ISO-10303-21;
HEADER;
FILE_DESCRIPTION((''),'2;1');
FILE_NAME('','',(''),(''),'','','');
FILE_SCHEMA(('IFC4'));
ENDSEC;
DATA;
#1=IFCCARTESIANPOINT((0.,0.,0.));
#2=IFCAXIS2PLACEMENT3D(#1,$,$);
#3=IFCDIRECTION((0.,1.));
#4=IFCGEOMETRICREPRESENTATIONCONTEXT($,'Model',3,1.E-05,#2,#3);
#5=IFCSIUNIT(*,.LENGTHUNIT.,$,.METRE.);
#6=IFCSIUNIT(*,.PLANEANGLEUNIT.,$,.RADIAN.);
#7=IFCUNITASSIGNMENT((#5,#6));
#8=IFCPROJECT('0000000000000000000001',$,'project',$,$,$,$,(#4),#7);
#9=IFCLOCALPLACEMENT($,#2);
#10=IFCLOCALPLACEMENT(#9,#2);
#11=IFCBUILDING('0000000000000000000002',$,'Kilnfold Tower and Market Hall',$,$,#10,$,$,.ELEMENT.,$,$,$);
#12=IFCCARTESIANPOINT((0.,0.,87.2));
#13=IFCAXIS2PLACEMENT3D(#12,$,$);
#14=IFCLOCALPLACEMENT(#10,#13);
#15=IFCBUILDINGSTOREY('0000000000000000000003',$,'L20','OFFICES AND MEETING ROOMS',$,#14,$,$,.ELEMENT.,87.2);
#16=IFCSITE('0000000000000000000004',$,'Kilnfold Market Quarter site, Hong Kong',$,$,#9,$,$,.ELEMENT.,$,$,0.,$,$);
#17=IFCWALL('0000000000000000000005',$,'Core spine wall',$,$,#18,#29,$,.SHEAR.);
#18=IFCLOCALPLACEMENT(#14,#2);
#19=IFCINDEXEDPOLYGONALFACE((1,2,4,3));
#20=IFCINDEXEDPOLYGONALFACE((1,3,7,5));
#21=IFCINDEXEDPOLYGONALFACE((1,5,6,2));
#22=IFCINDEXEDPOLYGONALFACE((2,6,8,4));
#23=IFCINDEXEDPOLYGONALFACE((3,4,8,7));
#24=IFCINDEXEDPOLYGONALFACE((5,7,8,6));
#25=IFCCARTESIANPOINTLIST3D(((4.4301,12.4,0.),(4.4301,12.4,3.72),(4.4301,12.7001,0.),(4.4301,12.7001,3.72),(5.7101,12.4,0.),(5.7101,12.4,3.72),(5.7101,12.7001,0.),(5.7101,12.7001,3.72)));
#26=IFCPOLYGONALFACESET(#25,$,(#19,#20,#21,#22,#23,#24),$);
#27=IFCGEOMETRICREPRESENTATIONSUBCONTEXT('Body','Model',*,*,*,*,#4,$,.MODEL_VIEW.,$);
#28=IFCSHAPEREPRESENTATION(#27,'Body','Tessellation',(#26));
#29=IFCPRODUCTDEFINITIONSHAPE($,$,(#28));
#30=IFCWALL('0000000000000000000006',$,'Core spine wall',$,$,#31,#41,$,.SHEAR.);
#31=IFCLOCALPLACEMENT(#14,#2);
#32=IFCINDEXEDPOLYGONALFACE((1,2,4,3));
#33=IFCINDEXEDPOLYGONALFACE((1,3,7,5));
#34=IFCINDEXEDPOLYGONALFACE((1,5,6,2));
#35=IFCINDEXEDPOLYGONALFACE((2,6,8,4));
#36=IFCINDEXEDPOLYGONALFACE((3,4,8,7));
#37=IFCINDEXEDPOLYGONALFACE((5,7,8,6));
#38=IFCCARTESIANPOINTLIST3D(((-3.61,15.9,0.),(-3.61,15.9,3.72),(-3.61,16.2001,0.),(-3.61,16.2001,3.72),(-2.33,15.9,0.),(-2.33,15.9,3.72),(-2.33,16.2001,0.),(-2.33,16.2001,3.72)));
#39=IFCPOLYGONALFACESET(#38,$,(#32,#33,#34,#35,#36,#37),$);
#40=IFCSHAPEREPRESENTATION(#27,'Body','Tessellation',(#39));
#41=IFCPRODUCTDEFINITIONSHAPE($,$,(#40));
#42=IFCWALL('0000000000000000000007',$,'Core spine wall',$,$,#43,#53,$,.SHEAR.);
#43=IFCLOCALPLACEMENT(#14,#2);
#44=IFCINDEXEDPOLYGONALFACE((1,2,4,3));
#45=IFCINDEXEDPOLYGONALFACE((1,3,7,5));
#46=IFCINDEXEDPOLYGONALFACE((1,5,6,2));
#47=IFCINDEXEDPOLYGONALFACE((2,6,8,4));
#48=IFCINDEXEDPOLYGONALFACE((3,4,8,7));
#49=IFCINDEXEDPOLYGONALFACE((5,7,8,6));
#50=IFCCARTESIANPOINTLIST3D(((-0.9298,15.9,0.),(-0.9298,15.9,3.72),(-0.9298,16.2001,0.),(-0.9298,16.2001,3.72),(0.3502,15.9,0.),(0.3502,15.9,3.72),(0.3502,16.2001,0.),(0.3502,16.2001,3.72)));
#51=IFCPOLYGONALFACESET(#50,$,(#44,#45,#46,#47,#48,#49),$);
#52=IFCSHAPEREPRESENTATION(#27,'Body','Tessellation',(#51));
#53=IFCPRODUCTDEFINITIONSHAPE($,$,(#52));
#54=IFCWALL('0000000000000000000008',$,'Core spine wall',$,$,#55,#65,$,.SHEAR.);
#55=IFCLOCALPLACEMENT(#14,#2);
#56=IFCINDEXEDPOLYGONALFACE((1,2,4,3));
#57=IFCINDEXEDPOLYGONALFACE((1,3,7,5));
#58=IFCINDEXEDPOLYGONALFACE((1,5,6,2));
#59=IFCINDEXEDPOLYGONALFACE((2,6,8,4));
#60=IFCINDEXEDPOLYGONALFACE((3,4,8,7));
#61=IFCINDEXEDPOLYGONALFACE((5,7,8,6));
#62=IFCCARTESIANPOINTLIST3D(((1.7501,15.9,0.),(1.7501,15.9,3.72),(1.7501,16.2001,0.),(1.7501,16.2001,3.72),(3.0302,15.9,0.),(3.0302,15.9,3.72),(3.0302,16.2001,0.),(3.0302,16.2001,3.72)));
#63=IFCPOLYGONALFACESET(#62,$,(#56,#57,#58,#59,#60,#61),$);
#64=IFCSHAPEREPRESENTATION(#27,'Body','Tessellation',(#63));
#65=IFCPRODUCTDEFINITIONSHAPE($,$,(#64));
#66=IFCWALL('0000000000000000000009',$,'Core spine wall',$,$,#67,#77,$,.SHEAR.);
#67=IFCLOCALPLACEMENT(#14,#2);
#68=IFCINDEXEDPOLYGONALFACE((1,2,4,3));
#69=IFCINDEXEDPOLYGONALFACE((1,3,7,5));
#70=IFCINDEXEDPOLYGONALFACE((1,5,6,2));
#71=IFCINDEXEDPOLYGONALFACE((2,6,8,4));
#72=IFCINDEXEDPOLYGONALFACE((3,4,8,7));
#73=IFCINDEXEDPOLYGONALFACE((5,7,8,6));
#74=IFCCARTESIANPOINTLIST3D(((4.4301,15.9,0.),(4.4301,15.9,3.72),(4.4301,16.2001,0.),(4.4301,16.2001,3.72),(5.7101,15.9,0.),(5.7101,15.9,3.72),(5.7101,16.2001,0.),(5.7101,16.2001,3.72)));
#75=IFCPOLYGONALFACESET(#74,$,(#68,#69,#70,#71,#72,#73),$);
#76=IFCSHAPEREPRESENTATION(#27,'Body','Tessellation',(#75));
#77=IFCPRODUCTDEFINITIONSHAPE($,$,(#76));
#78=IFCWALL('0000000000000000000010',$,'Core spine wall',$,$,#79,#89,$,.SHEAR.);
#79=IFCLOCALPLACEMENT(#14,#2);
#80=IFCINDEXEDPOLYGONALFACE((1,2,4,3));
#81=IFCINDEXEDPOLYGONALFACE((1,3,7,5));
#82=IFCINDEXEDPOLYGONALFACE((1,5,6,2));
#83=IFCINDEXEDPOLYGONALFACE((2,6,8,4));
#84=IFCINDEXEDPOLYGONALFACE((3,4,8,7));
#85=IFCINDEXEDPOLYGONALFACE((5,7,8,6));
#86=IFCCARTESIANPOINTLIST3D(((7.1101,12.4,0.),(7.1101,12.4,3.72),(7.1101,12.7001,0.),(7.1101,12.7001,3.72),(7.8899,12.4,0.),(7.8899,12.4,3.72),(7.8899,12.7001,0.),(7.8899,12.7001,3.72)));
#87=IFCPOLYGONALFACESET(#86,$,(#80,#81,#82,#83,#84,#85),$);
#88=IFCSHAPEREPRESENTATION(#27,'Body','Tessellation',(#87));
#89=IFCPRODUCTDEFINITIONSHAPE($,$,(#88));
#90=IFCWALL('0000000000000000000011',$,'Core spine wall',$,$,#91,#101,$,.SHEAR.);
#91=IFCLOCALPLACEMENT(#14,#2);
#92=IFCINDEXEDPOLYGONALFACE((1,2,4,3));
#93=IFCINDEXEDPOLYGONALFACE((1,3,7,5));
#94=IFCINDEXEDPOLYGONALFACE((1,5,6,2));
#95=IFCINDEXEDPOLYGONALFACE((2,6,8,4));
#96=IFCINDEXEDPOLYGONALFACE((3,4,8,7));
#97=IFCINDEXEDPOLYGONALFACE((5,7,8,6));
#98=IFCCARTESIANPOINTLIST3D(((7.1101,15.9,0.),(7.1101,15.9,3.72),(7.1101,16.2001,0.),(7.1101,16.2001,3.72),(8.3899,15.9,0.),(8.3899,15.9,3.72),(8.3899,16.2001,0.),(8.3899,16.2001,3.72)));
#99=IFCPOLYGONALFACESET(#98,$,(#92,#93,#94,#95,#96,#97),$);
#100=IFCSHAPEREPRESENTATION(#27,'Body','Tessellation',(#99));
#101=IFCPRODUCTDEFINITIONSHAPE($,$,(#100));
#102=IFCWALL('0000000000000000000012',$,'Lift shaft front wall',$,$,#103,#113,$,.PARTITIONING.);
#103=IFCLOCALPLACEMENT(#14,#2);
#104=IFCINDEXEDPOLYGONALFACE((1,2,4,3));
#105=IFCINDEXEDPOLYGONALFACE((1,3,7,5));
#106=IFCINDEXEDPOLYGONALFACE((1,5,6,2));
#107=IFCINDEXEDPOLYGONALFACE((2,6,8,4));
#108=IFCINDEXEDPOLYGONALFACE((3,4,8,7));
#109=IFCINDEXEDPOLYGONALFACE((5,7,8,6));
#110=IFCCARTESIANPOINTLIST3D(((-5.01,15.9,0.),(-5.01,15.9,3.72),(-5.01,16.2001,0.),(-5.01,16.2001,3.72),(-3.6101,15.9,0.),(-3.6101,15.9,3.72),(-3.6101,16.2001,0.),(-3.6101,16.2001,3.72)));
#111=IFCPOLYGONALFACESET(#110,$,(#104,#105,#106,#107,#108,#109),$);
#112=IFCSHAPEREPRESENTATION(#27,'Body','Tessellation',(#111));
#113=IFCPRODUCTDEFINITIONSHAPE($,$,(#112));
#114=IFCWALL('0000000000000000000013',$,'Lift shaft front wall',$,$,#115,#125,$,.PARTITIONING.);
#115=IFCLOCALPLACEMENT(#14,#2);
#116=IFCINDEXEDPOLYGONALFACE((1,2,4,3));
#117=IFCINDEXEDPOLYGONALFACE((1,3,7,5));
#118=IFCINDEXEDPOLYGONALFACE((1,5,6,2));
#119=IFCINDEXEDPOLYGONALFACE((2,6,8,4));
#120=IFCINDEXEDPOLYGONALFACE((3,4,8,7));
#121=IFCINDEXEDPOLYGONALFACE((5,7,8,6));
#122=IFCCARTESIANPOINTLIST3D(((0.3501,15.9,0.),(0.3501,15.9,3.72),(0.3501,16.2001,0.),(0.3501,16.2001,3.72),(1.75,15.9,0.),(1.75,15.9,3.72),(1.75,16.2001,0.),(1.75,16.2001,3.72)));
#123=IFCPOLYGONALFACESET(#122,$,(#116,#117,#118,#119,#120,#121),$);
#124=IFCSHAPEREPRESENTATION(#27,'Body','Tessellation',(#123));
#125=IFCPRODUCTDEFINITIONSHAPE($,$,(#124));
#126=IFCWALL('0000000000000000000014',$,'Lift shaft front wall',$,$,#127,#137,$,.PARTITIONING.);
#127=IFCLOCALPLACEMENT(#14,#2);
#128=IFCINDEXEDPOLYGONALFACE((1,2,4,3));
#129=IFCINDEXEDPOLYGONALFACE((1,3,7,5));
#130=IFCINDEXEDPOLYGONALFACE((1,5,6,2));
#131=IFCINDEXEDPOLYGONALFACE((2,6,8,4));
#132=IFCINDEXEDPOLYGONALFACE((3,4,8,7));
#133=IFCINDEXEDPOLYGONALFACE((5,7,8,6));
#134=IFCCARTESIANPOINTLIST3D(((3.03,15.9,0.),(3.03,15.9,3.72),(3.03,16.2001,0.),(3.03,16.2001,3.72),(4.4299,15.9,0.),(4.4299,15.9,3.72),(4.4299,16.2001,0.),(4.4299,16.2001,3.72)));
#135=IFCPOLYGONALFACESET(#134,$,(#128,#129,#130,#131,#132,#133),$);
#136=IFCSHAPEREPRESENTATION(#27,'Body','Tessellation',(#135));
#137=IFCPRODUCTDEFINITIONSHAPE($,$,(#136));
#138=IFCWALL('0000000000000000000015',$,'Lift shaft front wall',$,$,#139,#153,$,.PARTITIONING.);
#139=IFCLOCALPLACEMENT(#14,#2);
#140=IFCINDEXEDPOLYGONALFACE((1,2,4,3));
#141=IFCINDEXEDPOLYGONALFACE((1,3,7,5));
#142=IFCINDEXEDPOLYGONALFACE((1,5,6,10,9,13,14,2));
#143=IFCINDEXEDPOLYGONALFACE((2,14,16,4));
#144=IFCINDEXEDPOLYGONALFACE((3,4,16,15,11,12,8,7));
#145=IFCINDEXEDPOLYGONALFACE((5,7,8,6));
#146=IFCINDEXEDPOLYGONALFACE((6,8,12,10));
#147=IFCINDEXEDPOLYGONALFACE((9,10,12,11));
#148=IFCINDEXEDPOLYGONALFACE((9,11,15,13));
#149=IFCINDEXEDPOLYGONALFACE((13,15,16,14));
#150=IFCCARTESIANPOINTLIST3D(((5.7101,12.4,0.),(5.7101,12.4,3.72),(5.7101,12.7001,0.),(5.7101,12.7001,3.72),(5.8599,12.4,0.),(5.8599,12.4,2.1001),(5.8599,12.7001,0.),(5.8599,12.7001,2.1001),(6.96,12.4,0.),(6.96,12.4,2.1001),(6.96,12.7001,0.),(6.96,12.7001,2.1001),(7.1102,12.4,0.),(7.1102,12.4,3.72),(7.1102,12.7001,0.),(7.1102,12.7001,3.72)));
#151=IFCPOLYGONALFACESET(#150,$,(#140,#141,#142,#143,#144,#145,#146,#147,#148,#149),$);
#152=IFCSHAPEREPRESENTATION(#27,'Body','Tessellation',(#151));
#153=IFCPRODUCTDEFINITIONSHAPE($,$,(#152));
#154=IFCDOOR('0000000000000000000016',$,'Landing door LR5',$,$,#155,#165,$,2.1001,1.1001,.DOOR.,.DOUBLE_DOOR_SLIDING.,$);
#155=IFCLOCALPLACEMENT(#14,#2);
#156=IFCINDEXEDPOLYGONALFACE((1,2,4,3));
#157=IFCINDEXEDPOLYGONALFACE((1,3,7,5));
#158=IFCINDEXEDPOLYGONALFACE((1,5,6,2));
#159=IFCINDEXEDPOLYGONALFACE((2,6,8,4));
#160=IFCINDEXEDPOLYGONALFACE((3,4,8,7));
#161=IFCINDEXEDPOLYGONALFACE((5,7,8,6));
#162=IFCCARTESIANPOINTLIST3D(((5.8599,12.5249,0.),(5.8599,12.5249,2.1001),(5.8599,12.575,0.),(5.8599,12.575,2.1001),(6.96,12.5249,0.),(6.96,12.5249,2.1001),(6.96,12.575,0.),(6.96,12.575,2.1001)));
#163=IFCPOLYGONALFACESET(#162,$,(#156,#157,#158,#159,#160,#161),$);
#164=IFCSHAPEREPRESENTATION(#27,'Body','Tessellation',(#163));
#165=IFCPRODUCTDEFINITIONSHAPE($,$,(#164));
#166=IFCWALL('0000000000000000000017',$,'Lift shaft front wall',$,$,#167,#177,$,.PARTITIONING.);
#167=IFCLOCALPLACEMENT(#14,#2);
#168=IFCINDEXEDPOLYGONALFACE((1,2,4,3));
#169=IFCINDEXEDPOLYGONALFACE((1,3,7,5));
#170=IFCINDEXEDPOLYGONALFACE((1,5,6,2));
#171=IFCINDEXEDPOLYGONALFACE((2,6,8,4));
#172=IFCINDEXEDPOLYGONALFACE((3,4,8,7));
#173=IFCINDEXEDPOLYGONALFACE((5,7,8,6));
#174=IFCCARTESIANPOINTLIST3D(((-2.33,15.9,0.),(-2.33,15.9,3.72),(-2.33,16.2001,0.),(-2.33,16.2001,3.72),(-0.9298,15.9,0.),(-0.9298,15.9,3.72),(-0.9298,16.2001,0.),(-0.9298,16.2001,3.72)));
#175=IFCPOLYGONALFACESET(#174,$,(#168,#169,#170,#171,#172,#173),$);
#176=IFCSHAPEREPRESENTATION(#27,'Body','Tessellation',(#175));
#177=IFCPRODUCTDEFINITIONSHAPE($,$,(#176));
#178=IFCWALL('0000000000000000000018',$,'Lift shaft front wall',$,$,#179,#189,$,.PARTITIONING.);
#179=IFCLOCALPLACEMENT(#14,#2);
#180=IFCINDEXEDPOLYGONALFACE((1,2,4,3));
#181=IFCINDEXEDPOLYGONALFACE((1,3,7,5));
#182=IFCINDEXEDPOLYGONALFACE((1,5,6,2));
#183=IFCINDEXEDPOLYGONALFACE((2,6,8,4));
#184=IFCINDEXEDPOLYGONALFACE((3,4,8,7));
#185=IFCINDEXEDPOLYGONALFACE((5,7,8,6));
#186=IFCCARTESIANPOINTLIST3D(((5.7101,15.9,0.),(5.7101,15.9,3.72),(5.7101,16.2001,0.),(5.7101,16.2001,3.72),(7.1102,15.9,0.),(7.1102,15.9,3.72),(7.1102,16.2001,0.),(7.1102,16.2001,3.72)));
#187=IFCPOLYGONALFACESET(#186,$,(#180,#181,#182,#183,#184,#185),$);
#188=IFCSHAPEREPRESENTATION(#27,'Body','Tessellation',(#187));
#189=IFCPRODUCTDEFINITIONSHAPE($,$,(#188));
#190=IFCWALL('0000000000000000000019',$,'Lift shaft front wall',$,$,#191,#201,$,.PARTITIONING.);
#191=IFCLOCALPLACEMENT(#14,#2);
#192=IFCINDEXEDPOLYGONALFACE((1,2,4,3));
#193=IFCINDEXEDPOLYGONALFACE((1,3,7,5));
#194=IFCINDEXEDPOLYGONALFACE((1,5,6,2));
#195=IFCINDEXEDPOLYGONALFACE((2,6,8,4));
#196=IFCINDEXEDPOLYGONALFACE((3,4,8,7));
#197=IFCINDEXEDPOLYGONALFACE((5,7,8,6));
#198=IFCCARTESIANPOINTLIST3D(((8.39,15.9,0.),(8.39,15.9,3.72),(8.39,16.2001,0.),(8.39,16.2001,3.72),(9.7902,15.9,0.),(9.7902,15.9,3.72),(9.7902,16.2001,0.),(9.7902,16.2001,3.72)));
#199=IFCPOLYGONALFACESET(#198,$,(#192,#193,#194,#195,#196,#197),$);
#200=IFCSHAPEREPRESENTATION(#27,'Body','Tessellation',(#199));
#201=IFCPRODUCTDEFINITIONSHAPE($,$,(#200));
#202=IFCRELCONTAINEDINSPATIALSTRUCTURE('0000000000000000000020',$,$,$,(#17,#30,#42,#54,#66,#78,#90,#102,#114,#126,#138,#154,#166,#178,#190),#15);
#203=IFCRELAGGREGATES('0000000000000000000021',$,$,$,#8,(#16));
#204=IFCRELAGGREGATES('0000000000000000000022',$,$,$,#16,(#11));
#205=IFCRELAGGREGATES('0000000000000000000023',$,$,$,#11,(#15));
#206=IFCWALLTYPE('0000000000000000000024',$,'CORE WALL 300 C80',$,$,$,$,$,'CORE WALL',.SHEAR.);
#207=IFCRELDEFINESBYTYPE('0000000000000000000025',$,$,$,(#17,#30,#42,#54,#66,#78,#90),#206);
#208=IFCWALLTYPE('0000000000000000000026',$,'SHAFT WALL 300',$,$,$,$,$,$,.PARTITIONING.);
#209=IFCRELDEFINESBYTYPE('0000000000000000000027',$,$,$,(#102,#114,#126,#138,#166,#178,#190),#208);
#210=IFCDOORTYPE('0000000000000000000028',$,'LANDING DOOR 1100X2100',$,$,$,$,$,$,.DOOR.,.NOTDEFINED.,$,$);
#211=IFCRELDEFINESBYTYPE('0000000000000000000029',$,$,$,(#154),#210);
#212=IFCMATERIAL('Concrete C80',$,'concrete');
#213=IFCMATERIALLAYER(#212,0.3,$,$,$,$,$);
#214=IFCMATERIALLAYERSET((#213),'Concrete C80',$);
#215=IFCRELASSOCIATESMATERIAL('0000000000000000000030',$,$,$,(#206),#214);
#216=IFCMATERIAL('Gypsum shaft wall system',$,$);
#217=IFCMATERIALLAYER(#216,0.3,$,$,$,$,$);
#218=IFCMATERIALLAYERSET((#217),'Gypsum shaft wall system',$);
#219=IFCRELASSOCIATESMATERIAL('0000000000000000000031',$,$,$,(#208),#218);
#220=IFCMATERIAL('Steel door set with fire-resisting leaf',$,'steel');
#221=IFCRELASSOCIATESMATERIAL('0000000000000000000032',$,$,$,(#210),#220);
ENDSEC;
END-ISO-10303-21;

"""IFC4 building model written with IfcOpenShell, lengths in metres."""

from ifc_helpers import new_model, si_unit, direction, frame, frame_2d, origin, place, context, subcontext, project, spatial, rectangle, extrude, source, transform, mapped, material, layer, layer_set, type_object, element, fill, save


model = new_model("IFC4")

# Units and contexts
model_context = context("Model", 3, precision=1e-05, world=origin(), true_north=direction((0.0, 1.0)))
body_context = subcontext(model_context, "Body", "Model", "MODEL_VIEW")
ifc_project = project(units=[si_unit("LENGTHUNIT", "METRE"), si_unit("PLANEANGLEUNIT", "RADIAN")], contexts=[model_context])

# Site, building, storey
site_placement = place(None, origin())
site = spatial("IfcSite", under=ifc_project, at=site_placement, Name="Kilnfold Market Quarter site, Hong Kong", CompositionType="ELEMENT", RefElevation=0.0)
building_placement = place(site_placement, origin())
building = spatial("IfcBuilding", under=site, at=building_placement, Name="Kilnfold Tower and Market Hall", CompositionType="ELEMENT")
storey_placement = place(building_placement, frame((0.0, 0.0, 87.2)))
storey = spatial("IfcBuildingStorey", under=building, at=storey_placement, Name="L20", Description="OFFICES AND MEETING ROOMS", CompositionType="ELEMENT", Elevation=87.2)

# Walls
ifc_material_1 = material(Name="Concrete C80", Category="concrete")
ifc_layer_1 = layer(ifc_material_1, 0.3)
ifc_layer_set_1 = layer_set([ifc_layer_1], Name="Concrete C80")
wall_type_1 = type_object("IfcWallType", Name="CORE WALL 300 C80", ElementType="CORE WALL", PredefinedType="SHEAR", material=ifc_layer_set_1)
shared_shape_1 = source(origin(), body_context, "Body", "SweptSolid", [
    extrude(rectangle(XDim=1.28, YDim=0.3, at=frame_2d((0.6401, 0.0))), origin(), (0.0, 0.0, 1.0), 3.72),
])
for number, where, z_axis, x_axis, name in (
    (1, (4.4299, 12.55, 0.0), (0.0, 0.0, 1.0), (1.0, 0.0, 0.0), "Core spine wall"),
    (2, (-3.6101, 16.05, 0.0), (0.0, 0.0, 1.0), (1.0, 0.0, 0.0), "Core spine wall"),
    (3, (-0.9299, 16.05, 0.0), (0.0, 0.0, 1.0), (1.0, 0.0, 0.0), "Core spine wall"),
    (4, (1.75, 16.05, 0.0), (0.0, 0.0, 1.0), (1.0, 0.0, 0.0), "Core spine wall"),
    (5, (4.4299, 16.05, 0.0), (0.0, 0.0, 1.0), (1.0, 0.0, 0.0), "Core spine wall"),
):
    element("IfcWall", number, at=place(storey_placement, frame(where, z_axis=z_axis, x_axis=x_axis)), inside=storey, type_object=wall_type_1, Name=name, PredefinedType="SHEAR", context=body_context, shape_type="MappedRepresentation", body=[
        mapped(shared_shape_1, transform((0.0, 0.0, 0.0))),
    ])
shared_shape_2 = source(origin(), body_context, "Body", "SweptSolid", [
    extrude(rectangle(XDim=0.7798, YDim=0.3, at=frame_2d((0.3899, 0.0))), origin(), (0.0, 0.0, 1.0), 3.72),
])
wall_1_placement = place(storey_placement, frame((7.1101, 12.55, 0.0), z_axis=(0.0, 0.0, 1.0), x_axis=(1.0, 0.0, 0.0)))
element("IfcWall", 6, at=wall_1_placement, inside=storey, type_object=wall_type_1, Name="Core spine wall", PredefinedType="SHEAR", context=body_context, shape_type="MappedRepresentation", body=[
    mapped(shared_shape_2, transform((0.0, 0.0, 0.0))),
])
shared_shape_3 = source(origin(), body_context, "Body", "SweptSolid", [
    extrude(rectangle(XDim=1.2798, YDim=0.3, at=frame_2d((0.6399, 0.0))), origin(), (0.0, 0.0, 1.0), 3.72),
])
wall_2_placement = place(storey_placement, frame((7.1101, 16.05, 0.0), z_axis=(0.0, 0.0, 1.0), x_axis=(1.0, 0.0, 0.0)))
element("IfcWall", 7, at=wall_2_placement, inside=storey, type_object=wall_type_1, Name="Core spine wall", PredefinedType="SHEAR", context=body_context, shape_type="MappedRepresentation", body=[
    mapped(shared_shape_3, transform((0.0, 0.0, 0.0))),
])
ifc_material_2 = material(Name="Gypsum shaft wall system")
ifc_layer_2 = layer(ifc_material_2, 0.3)
ifc_layer_set_2 = layer_set([ifc_layer_2], Name="Gypsum shaft wall system")
wall_type_2 = type_object("IfcWallType", Name="SHAFT WALL 300", PredefinedType="PARTITIONING", material=ifc_layer_set_2)
shared_shape_4 = source(origin(), body_context, "Body", "SweptSolid", [
    extrude(rectangle(XDim=1.3999, YDim=0.3, at=frame_2d((0.7, 0.0))), origin(), (0.0, 0.0, 1.0), 3.72),
])
for number, where, z_axis, x_axis, name in (
    (8, (-5.01, 16.05, 0.0), (0.0, 0.0, 1.0), (1.0, 0.0, 0.0), "Lift shaft front wall"),
    (9, (0.3501, 16.05, 0.0), (0.0, 0.0, 1.0), (1.0, 0.0, 0.0), "Lift shaft front wall"),
    (10, (3.03, 16.05, 0.0), (0.0, 0.0, 1.0), (1.0, 0.0, 0.0), "Lift shaft front wall"),
):
    element("IfcWall", number, at=place(storey_placement, frame(where, z_axis=z_axis, x_axis=x_axis)), inside=storey, type_object=wall_type_2, Name=name, PredefinedType="PARTITIONING", context=body_context, shape_type="MappedRepresentation", body=[
        mapped(shared_shape_4, transform((0.0, 0.0, 0.0))),
    ])

# Wall, opening, door
shared_shape_5 = source(origin(), body_context, "Body", "SweptSolid", [
    extrude(rectangle(XDim=1.4001, YDim=0.3, at=frame_2d((0.7002, 0.0))), origin(), (0.0, 0.0, 1.0), 3.72),
])
wall_3_placement = place(storey_placement, frame((5.71, 12.55, 0.0), z_axis=(0.0, 0.0, 1.0), x_axis=(1.0, 0.0, 0.0)))
wall_3 = element("IfcWall", 11, at=wall_3_placement, inside=storey, type_object=wall_type_2, Name="Lift shaft front wall", PredefinedType="PARTITIONING", context=body_context, shape_type="MappedRepresentation", body=[
    mapped(shared_shape_5, transform((0.0, 0.0, 0.0))),
])
opening_1_placement = place(wall_3_placement, frame((0.1499, 0.0, 0.0)))
opening_1 = element("IfcOpeningElement", 12, at=opening_1_placement, cuts=wall_3, PredefinedType="OPENING", context=body_context, shape_type="SweptSolid", body=[
    extrude(rectangle(XDim=1.1001, YDim=2.1001, at=frame_2d((0.55, 1.05))), frame((0.0, 0.1602, 0.0), z_axis=(0.0, -1.0, 0.0), x_axis=(1.0, 0.0, 0.0)), (0.0, 0.0, 1.0), 0.3201),
])
ifc_material_3 = material(Name="Steel door set with fire-resisting leaf", Category="steel")
door_type_1 = type_object("IfcDoorType", Name="LANDING DOOR 1100X2100", OperationType="NOTDEFINED", PredefinedType="DOOR", material=ifc_material_3)
door_1_placement = place(opening_1_placement, origin())
door_1 = element("IfcDoor", 13, at=door_1_placement, inside=storey, type_object=door_type_1, Name="Landing door LR5", OperationType="DOUBLE_DOOR_SLIDING", OverallHeight=2.1001, OverallWidth=1.1001, PredefinedType="DOOR", context=body_context, shape_type="SweptSolid", body=[
    extrude(rectangle(XDim=1.1001, YDim=2.1001, at=frame_2d((0.55, 1.05))), frame((0.0, 0.0249, 0.0), z_axis=(0.0, -1.0, 0.0), x_axis=(1.0, 0.0, 0.0)), (0.0, 0.0, 1.0), 0.05),
])
fill(opening_1, door_1)

# Walls
for number, where, z_axis, x_axis, name in (
    (14, (-2.3301, 16.05, 0.0), (0.0, 0.0, 1.0), (1.0, 0.0, 0.0), "Lift shaft front wall"),
    (15, (5.71, 16.05, 0.0), (0.0, 0.0, 1.0), (1.0, 0.0, 0.0), "Lift shaft front wall"),
    (16, (8.3899, 16.05, 0.0), (0.0, 0.0, 1.0), (1.0, 0.0, 0.0), "Lift shaft front wall"),
):
    element("IfcWall", number, at=place(storey_placement, frame(where, z_axis=z_axis, x_axis=x_axis)), inside=storey, type_object=wall_type_2, Name=name, PredefinedType="PARTITIONING", context=body_context, shape_type="MappedRepresentation", body=[
        mapped(shared_shape_5, transform((0.0, 0.0, 0.0))),
    ])

save(model, "model.ifc")
